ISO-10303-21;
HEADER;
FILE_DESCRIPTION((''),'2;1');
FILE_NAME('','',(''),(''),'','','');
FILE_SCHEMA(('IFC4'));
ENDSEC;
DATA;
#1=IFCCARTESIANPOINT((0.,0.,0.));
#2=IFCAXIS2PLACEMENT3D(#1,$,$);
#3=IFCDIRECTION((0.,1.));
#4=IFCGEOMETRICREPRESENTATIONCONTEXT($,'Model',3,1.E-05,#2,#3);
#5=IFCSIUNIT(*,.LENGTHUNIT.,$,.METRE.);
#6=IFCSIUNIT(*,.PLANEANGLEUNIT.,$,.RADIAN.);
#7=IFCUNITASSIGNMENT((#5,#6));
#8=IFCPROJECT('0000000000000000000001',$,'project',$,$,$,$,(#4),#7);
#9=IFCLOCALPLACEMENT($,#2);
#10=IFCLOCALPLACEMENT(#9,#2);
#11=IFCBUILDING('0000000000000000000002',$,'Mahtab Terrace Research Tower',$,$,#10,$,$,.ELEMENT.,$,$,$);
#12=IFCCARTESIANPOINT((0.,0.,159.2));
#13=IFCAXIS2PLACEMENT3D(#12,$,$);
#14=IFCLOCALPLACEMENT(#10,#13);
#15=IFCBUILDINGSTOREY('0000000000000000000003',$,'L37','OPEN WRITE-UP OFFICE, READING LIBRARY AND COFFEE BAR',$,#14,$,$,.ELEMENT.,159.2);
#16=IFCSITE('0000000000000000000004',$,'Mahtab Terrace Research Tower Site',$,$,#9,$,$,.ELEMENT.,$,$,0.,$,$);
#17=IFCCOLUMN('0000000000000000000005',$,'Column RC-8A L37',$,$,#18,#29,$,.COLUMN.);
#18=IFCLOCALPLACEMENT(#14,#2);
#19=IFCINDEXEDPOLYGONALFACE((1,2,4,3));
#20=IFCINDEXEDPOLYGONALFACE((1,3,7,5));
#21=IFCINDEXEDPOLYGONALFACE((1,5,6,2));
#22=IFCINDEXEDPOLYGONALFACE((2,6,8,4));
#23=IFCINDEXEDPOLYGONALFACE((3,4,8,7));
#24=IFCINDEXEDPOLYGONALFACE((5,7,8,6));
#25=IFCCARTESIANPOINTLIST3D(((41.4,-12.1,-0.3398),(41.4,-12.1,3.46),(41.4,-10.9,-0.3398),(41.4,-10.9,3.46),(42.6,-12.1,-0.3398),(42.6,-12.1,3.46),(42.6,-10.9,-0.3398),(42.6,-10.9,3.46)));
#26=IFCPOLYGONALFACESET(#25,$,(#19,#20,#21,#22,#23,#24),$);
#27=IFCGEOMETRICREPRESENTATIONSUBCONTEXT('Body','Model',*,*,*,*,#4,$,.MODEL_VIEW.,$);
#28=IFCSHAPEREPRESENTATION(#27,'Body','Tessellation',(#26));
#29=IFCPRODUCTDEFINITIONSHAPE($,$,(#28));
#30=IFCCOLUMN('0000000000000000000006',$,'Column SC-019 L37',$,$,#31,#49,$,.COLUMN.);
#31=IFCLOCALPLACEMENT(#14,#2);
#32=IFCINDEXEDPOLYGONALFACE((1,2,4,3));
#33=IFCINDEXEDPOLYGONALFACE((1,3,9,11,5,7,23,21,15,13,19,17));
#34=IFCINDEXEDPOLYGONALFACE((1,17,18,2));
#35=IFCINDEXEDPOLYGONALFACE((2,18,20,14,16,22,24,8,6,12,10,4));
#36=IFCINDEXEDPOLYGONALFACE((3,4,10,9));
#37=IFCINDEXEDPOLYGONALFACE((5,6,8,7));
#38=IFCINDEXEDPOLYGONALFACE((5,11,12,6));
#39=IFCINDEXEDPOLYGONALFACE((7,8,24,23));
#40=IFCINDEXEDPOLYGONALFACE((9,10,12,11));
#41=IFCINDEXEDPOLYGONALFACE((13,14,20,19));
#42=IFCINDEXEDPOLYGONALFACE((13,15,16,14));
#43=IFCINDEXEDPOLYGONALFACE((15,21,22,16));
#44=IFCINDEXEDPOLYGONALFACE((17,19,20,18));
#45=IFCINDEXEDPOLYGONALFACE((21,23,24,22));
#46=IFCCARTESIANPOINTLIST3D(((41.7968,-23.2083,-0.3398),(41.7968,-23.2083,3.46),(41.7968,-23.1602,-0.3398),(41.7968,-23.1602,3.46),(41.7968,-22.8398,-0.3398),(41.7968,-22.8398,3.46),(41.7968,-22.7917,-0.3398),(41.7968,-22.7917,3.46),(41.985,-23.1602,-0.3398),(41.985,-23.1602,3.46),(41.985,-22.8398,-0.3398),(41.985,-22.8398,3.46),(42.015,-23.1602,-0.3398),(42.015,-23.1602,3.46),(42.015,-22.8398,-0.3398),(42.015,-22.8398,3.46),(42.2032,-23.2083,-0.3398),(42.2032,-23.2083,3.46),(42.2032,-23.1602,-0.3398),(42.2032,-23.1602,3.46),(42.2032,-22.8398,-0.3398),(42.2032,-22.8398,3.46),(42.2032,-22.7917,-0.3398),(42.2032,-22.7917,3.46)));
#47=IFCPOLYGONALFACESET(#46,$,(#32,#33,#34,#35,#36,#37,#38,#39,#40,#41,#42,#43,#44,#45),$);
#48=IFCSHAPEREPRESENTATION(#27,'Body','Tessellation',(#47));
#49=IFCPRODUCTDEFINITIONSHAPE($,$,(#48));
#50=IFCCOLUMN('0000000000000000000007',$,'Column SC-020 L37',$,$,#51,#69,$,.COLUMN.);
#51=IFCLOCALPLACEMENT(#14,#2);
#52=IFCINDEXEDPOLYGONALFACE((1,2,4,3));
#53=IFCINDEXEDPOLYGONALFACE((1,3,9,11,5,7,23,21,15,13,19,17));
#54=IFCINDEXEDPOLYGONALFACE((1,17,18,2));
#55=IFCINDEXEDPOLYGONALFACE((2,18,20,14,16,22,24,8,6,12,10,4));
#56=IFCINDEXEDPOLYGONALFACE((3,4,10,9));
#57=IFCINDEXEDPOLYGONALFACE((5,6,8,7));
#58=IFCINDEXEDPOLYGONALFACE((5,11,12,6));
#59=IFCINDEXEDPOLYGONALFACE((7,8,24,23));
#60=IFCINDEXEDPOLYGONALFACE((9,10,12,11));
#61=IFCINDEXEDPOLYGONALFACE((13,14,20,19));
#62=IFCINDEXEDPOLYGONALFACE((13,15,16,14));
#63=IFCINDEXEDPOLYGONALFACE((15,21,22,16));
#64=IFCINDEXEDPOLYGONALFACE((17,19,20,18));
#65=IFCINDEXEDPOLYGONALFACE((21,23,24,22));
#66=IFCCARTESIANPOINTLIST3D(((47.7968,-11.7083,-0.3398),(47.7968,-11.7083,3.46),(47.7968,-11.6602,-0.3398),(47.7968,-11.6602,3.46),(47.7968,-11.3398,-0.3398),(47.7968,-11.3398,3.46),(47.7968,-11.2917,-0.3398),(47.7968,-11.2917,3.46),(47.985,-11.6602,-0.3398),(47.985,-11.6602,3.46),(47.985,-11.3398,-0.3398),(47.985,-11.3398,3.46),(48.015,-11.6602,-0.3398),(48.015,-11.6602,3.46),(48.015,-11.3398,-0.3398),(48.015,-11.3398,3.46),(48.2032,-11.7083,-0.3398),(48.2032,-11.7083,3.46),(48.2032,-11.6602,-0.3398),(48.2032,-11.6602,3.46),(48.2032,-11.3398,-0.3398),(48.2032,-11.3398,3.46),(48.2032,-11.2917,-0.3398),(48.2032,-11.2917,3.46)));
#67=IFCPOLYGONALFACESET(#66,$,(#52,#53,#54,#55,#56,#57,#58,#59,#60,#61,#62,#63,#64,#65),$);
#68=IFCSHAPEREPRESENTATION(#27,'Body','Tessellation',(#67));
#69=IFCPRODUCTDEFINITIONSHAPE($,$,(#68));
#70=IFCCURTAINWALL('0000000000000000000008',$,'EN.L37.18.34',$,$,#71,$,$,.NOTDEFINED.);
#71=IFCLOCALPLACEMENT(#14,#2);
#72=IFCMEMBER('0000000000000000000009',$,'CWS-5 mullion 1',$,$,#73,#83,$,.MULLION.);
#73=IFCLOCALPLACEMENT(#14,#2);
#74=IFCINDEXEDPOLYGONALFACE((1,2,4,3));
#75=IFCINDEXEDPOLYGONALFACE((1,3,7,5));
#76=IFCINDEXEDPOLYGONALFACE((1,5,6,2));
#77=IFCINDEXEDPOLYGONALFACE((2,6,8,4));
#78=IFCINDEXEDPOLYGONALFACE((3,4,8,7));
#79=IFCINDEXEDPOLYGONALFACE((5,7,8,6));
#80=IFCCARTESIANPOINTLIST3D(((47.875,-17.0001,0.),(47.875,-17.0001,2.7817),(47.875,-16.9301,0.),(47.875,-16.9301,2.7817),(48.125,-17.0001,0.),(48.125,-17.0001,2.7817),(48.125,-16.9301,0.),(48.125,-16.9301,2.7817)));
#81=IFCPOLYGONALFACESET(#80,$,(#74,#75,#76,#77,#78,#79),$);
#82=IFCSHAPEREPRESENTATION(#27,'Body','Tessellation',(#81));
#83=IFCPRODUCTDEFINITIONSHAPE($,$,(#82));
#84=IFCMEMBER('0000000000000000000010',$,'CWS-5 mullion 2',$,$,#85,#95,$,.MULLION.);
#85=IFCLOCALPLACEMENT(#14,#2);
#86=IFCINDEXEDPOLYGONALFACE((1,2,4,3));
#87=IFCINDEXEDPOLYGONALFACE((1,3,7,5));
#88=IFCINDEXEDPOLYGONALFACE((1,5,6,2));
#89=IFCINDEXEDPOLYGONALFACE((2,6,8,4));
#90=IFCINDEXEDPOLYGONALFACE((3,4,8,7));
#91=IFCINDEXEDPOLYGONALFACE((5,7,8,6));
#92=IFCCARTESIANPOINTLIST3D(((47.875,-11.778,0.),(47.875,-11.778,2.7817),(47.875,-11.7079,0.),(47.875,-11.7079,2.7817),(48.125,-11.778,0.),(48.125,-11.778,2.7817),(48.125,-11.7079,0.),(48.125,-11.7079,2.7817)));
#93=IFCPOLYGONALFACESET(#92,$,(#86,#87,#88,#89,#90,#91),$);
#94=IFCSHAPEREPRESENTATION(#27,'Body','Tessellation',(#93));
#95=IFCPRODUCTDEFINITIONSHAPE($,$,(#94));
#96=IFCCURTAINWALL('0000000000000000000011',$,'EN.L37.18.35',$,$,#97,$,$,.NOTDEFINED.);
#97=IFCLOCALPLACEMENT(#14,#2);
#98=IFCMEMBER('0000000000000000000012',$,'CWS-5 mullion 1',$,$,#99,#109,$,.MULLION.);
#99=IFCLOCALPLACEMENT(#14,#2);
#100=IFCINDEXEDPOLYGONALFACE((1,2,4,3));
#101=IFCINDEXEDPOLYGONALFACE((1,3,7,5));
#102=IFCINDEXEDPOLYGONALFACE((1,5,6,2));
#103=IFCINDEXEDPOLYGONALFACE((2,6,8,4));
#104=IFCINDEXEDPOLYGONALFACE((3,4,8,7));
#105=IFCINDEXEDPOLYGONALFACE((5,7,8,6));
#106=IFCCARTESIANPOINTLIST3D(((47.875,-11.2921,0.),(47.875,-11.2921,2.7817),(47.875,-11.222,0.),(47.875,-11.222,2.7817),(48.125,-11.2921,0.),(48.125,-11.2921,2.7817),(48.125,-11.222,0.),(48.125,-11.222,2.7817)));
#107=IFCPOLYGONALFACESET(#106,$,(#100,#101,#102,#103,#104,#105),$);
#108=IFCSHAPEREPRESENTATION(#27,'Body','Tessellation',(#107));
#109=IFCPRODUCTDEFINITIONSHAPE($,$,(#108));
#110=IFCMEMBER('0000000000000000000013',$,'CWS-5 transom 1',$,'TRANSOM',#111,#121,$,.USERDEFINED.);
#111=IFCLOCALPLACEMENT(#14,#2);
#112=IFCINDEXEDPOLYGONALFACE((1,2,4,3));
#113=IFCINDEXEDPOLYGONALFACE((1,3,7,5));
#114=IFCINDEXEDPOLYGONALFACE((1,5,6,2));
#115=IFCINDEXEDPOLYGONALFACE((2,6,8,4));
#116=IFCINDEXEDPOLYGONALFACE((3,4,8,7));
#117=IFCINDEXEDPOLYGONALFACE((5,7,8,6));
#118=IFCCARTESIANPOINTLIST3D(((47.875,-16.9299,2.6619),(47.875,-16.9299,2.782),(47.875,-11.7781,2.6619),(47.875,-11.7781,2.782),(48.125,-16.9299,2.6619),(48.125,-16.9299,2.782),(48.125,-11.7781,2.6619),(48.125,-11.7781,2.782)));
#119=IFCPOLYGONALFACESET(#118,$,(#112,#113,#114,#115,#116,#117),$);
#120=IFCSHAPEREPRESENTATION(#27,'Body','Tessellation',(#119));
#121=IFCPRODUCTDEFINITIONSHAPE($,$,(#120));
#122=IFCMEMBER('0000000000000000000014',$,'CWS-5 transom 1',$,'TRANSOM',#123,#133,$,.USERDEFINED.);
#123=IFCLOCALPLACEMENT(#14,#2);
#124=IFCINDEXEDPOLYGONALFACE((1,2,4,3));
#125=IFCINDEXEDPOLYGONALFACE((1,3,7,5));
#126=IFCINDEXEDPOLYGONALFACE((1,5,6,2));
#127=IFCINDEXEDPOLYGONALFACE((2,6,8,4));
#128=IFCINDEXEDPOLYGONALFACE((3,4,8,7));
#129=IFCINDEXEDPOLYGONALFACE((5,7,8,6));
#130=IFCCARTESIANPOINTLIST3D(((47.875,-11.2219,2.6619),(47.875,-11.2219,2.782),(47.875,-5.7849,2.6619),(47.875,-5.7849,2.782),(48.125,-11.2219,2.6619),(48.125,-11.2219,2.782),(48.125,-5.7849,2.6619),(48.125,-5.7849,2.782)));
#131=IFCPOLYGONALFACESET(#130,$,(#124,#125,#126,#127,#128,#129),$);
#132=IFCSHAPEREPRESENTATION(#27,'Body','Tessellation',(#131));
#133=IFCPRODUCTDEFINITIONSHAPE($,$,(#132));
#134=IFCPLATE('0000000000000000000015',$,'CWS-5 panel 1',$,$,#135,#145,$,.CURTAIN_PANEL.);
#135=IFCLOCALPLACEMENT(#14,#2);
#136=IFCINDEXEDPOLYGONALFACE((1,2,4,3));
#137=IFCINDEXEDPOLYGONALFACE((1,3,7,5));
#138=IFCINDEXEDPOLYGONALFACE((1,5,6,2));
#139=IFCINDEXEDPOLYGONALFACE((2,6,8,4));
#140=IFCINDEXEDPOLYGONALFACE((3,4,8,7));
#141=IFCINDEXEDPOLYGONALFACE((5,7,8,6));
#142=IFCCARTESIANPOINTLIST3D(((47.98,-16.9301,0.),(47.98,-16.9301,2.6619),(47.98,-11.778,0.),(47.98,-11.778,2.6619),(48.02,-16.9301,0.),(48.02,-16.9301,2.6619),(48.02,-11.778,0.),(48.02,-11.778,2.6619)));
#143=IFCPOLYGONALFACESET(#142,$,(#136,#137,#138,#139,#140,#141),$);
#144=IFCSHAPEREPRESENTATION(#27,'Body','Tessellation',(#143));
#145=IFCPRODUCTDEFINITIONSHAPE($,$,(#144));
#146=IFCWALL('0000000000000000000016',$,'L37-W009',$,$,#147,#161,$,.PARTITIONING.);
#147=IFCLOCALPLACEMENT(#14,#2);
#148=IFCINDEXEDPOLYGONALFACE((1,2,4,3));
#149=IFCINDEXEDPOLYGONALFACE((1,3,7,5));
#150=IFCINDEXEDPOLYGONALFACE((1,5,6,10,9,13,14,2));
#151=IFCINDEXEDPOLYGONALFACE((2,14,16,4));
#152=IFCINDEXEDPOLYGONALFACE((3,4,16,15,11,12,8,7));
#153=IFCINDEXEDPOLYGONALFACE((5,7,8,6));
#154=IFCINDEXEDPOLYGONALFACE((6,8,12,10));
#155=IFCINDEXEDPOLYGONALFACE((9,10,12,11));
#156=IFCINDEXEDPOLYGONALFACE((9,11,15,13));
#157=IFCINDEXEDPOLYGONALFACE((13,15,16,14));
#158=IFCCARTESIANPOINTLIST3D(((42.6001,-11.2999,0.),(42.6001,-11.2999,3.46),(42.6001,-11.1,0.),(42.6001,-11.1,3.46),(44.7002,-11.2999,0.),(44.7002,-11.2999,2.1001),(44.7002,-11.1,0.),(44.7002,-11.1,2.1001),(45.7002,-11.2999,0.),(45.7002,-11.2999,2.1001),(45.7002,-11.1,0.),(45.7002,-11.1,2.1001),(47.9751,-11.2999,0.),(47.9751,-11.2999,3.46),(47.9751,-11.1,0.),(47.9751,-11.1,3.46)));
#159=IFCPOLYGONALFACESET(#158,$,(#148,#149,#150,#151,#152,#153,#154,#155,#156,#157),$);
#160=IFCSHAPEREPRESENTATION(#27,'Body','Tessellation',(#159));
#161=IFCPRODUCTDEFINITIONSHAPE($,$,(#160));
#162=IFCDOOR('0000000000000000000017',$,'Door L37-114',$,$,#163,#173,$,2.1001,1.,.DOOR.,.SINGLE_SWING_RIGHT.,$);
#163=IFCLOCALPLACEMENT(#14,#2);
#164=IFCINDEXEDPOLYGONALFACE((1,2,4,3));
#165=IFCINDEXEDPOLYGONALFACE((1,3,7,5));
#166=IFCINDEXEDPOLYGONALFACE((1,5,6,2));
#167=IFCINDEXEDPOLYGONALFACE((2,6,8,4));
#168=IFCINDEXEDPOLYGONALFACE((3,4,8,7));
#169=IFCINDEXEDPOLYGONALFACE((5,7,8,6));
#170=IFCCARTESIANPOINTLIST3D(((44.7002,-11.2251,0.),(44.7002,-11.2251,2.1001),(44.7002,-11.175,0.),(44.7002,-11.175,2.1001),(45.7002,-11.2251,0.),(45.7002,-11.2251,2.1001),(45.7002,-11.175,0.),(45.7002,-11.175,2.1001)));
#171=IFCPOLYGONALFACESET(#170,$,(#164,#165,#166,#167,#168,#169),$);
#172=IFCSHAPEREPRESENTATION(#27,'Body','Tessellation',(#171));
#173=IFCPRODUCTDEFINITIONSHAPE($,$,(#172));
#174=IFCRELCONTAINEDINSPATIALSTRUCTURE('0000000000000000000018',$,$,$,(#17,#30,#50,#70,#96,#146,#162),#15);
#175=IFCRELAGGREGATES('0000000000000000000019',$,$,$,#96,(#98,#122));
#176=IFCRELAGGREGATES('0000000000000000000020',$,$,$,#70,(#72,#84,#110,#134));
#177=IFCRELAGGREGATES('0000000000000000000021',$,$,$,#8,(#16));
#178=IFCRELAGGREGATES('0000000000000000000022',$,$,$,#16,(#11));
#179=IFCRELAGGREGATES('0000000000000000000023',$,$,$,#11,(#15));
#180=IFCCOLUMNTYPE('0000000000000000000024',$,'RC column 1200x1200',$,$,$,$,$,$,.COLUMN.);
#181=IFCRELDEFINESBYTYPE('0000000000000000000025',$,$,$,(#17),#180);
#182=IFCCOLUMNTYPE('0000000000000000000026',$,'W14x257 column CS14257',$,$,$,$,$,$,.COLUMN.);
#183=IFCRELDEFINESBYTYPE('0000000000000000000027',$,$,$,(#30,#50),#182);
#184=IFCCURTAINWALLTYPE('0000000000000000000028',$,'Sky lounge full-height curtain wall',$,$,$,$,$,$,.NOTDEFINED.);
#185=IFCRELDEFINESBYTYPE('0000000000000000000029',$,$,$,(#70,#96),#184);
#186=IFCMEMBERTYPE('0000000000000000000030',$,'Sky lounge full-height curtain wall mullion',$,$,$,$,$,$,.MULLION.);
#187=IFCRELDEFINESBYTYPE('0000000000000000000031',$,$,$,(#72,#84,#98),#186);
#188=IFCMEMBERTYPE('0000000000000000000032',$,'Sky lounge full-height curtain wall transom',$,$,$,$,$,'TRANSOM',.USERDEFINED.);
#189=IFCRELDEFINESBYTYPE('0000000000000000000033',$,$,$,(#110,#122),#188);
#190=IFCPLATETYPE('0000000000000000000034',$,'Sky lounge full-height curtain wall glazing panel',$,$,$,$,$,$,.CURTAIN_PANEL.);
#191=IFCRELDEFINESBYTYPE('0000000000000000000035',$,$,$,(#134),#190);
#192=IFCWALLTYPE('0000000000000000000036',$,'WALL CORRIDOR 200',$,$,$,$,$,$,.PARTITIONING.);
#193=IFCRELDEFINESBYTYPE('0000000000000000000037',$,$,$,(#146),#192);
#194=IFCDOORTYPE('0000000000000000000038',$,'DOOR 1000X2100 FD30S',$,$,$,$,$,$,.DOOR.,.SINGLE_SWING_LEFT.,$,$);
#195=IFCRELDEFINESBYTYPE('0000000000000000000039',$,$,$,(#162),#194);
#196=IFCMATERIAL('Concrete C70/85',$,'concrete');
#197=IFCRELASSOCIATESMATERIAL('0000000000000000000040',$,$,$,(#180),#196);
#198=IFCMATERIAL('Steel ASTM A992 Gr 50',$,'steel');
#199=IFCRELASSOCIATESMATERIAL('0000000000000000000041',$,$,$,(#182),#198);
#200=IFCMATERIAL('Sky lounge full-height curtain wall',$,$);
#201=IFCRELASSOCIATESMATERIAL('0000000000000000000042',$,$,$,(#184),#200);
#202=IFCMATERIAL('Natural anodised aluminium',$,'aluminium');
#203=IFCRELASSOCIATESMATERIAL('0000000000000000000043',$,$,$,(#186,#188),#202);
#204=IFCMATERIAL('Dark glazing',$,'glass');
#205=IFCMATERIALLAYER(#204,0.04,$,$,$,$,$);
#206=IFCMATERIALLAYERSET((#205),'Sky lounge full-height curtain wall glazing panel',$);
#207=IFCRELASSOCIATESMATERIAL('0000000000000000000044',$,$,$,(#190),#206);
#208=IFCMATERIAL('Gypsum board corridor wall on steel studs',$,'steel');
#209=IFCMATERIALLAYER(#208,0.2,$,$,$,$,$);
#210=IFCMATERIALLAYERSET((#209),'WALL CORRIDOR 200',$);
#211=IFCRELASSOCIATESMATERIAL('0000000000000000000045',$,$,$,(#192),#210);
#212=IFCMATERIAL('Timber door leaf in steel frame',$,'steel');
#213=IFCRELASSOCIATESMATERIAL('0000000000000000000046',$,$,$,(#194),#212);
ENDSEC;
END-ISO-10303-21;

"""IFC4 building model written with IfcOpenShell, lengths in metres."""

from ifc_helpers import new_model, si_unit, direction, frame, frame_2d, origin, origin_2d, place, context, subcontext, project, spatial, rectangle, i_section, extrude, material, layer, layer_set, material_profile, profile_set, type_object, element, fill, aggregate, save


model = new_model("IFC4")

# Units and contexts
model_context = context("Model", 3, precision=1e-05, world=origin(), true_north=direction((0.0, 1.0)))
body_context = subcontext(model_context, "Body", "Model", "MODEL_VIEW")
ifc_project = project(units=[si_unit("LENGTHUNIT", "METRE"), si_unit("PLANEANGLEUNIT", "RADIAN")], contexts=[model_context])

# Site, building, storey
site_placement = place(None, origin())
site = spatial("IfcSite", under=ifc_project, at=site_placement, Name="Mahtab Terrace Research Tower Site", CompositionType="ELEMENT", RefElevation=0.0)
building_placement = place(site_placement, origin())
building = spatial("IfcBuilding", under=site, at=building_placement, Name="Mahtab Terrace Research Tower", CompositionType="ELEMENT")
storey_placement = place(building_placement, frame((0.0, 0.0, 159.2)))
storey = spatial("IfcBuildingStorey", under=building, at=storey_placement, Name="L37", Description="OPEN WRITE-UP OFFICE, READING LIBRARY AND COFFEE BAR", CompositionType="ELEMENT", Elevation=159.2)

# Columns
ifc_material_1 = material(Name="Concrete C70/85", Category="concrete")
ifc_material_profile_1 = material_profile(ifc_material_1, rectangle(XDim=1.2, YDim=1.2, at=origin_2d()), Name="RC column 1200x1200")
ifc_profile_set_1 = profile_set([ifc_material_profile_1], Name="Concrete C70/85")
column_type_1 = type_object("IfcColumnType", Name="RC column 1200x1200", PredefinedType="COLUMN", material=ifc_profile_set_1)
column_placement = place(storey_placement, frame((42.0, -11.5, -0.3398), z_axis=(0.0, 0.0, 1.0), x_axis=(1.0, 0.0, 0.0)))
element("IfcColumn", 1, at=column_placement, inside=storey, type_object=column_type_1, Name="Column RC-8A L37", PredefinedType="COLUMN", context=body_context, shape_type="SweptSolid", body=[
    extrude(rectangle(XDim=1.2, YDim=1.2, at=origin_2d()), origin(), (0.0, 0.0, 1.0), 3.7998),
])
ifc_material_2 = material(Name="Steel ASTM A992 Gr 50", Category="steel")
ifc_material_profile_2 = material_profile(ifc_material_2, i_section(OverallWidth=0.4065, OverallDepth=0.4165, WebThickness=0.03, FlangeThickness=0.0481, at=origin_2d()), Name="W14X257")
ifc_profile_set_2 = profile_set([ifc_material_profile_2], Name="Steel ASTM A992 Gr 50")
column_type_2 = type_object("IfcColumnType", Name="W14x257 column CS14257", PredefinedType="COLUMN", material=ifc_profile_set_2)
for number, where, z_axis, x_axis, name in (
    (2, (42.0, -23.0, -0.3398), (0.0, 0.0, 1.0), (1.0, 0.0, 0.0), "Column SC-019 L37"),
    (3, (48.0, -11.5, -0.3398), (0.0, 0.0, 1.0), (1.0, 0.0, 0.0), "Column SC-020 L37"),
):
    element("IfcColumn", number, at=place(storey_placement, frame(where, z_axis=z_axis, x_axis=x_axis)), inside=storey, type_object=column_type_2, Name=name, PredefinedType="COLUMN", context=body_context, shape_type="SweptSolid", body=[
        extrude(i_section(OverallWidth=0.4065, OverallDepth=0.4165, WebThickness=0.03, FlangeThickness=0.0481, at=origin_2d()), origin(), (0.0, 0.0, 1.0), 3.7998),
    ])

# Curtain wall, members
ifc_material_3 = material(Name="Sky lounge full-height curtain wall")
curtain_wall_type = type_object("IfcCurtainWallType", Name="Sky lounge full-height curtain wall", PredefinedType="NOTDEFINED", material=ifc_material_3)
curtain_wall_1_placement = place(storey_placement, origin())
curtain_wall_1 = element("IfcCurtainWall", 4, at=curtain_wall_1_placement, inside=storey, type_object=curtain_wall_type, Name="EN.L37.18.34", PredefinedType="NOTDEFINED")
ifc_material_4 = material(Name="Natural anodised aluminium", Category="aluminium")
ifc_material_profile_3 = material_profile(ifc_material_4, rectangle(XDim=0.25, YDim=0.0701, at=origin_2d()), Name="MULLION 70x250")
ifc_profile_set_3 = profile_set([ifc_material_profile_3], Name="Natural anodised aluminium")
member_type_1 = type_object("IfcMemberType", Name="Sky lounge full-height curtain wall mullion", PredefinedType="MULLION", material=ifc_profile_set_3)
member_1_placement = place(storey_placement, frame((48.0, -16.9651, 0.0), z_axis=(0.0, 0.0, 1.0), x_axis=(-1.0, 0.0, 0.0)))
member_1 = element("IfcMember", 5, at=member_1_placement, type_object=member_type_1, Name="CWS-5 mullion 1", PredefinedType="MULLION", context=body_context, shape_type="SweptSolid", body=[
    extrude(rectangle(XDim=0.25, YDim=0.0701, at=origin_2d()), origin(), (0.0, 0.0, 1.0), 2.7817),
])
member_2_placement = place(storey_placement, frame((48.0, -11.7429, 0.0), z_axis=(0.0, 0.0, 1.0), x_axis=(-1.0, 0.0, 0.0)))
member_2 = element("IfcMember", 6, at=member_2_placement, type_object=member_type_1, Name="CWS-5 mullion 2", PredefinedType="MULLION", context=body_context, shape_type="SweptSolid", body=[
    extrude(rectangle(XDim=0.25, YDim=0.0701, at=origin_2d()), origin(), (0.0, 0.0, 1.0), 2.7817),
])

# Curtain wall, member
curtain_wall_2_placement = place(storey_placement, origin())
curtain_wall_2 = element("IfcCurtainWall", 7, at=curtain_wall_2_placement, inside=storey, type_object=curtain_wall_type, Name="EN.L37.18.35", PredefinedType="NOTDEFINED")
member_3_placement = place(storey_placement, frame((48.0, -11.2571, 0.0), z_axis=(0.0, 0.0, 1.0), x_axis=(-1.0, 0.0, 0.0)))
member_3 = element("IfcMember", 8, at=member_3_placement, type_object=member_type_1, Name="CWS-5 mullion 1", PredefinedType="MULLION", context=body_context, shape_type="SweptSolid", body=[
    extrude(rectangle(XDim=0.25, YDim=0.0701, at=origin_2d()), origin(), (0.0, 0.0, 1.0), 2.7817),
])

# Members
ifc_material_profile_4 = material_profile(ifc_material_4, rectangle(XDim=0.25, YDim=0.1201, at=origin_2d()), Name="TRANSOM 120x250")
ifc_profile_set_4 = profile_set([ifc_material_profile_4], Name="Natural anodised aluminium")
member_type_2 = type_object("IfcMemberType", Name="Sky lounge full-height curtain wall transom", ElementType="TRANSOM", PredefinedType="USERDEFINED", material=ifc_profile_set_4)
member_4_placement = place(storey_placement, frame((48.0, -16.9299, 2.7219), z_axis=(0.0, 1.0, 0.0), x_axis=(-1.0, 0.0, 0.0)))
member_4 = element("IfcMember", 9, at=member_4_placement, type_object=member_type_2, Name="CWS-5 transom 1", ObjectType="TRANSOM", PredefinedType="USERDEFINED", context=body_context, shape_type="SweptSolid", body=[
    extrude(rectangle(XDim=0.25, YDim=0.1201, at=origin_2d()), origin(), (0.0, 0.0, 1.0), 5.1519),
])
member_5_placement = place(storey_placement, frame((48.0, -11.2219, 2.7219), z_axis=(0.0, 1.0, 0.0), x_axis=(-1.0, 0.0, 0.0)))
member_5 = element("IfcMember", 10, at=member_5_placement, type_object=member_type_2, Name="CWS-5 transom 1", ObjectType="TRANSOM", PredefinedType="USERDEFINED", context=body_context, shape_type="SweptSolid", body=[
    extrude(rectangle(XDim=0.25, YDim=0.1201, at=origin_2d()), origin(), (0.0, 0.0, 1.0), 5.437),
])
aggregate(curtain_wall_2, [member_3, member_5])

# Plate
ifc_material_5 = material(Name="Dark glazing", Category="glass")
ifc_layer_1 = layer(ifc_material_5, 0.04)
ifc_layer_set_1 = layer_set([ifc_layer_1], Name="Sky lounge full-height curtain wall glazing panel")
plate_type = type_object("IfcPlateType", Name="Sky lounge full-height curtain wall glazing panel", PredefinedType="CURTAIN_PANEL", material=ifc_layer_set_1)
plate_placement = place(storey_placement, frame((48.0, -14.354, 0.0), z_axis=(0.0, 0.0, 1.0), x_axis=(0.0, 1.0, 0.0)))
plate = element("IfcPlate", 11, at=plate_placement, type_object=plate_type, Name="CWS-5 panel 1", PredefinedType="CURTAIN_PANEL", context=body_context, shape_type="SweptSolid", body=[
    extrude(rectangle(XDim=5.1521, YDim=0.04, at=origin_2d()), origin(), (0.0, 0.0, 1.0), 2.6619),
])
aggregate(curtain_wall_1, [member_1, member_2, member_4, plate])

# Wall, opening, door
ifc_material_6 = material(Name="Gypsum board corridor wall on steel studs", Category="steel")
ifc_layer_2 = layer(ifc_material_6, 0.2)
ifc_layer_set_2 = layer_set([ifc_layer_2], Name="WALL CORRIDOR 200")
wall_type_1 = type_object("IfcWallType", Name="WALL CORRIDOR 200", PredefinedType="PARTITIONING", material=ifc_layer_set_2)
wall_1_placement = place(storey_placement, frame((42.6001, -11.2, 0.0), z_axis=(0.0, 0.0, 1.0), x_axis=(1.0, 0.0, 0.0)))
wall_1 = element("IfcWall", 12, at=wall_1_placement, inside=storey, type_object=wall_type_1, Name="L37-W009", PredefinedType="PARTITIONING", context=body_context, shape_type="SweptSolid", body=[
    extrude(rectangle(XDim=5.375, YDim=0.2, at=frame_2d((2.6875, 0.0))), origin(), (0.0, 0.0, 1.0), 3.46),
])
opening_placement = place(wall_1_placement, frame((2.1001, 0.0, 0.0)))
opening = element("IfcOpeningElement", 13, at=opening_placement, cuts=wall_1, PredefinedType="OPENING", context=body_context, shape_type="SweptSolid", body=[
    extrude(rectangle(XDim=1.0, YDim=2.1001, at=frame_2d((0.5, 1.05))), frame((0.0, 0.1099, 0.0), z_axis=(0.0, -1.0, 0.0), x_axis=(1.0, 0.0, 0.0)), (0.0, 0.0, 1.0), 0.22),
])
ifc_material_7 = material(Name="Timber door leaf in steel frame", Category="steel")
door_type = type_object("IfcDoorType", Name="DOOR 1000X2100 FD30S", OperationType="SINGLE_SWING_LEFT", PredefinedType="DOOR", material=ifc_material_7)
door_placement = place(opening_placement, origin())
door = element("IfcDoor", 14, at=door_placement, inside=storey, type_object=door_type, Name="Door L37-114", OperationType="SINGLE_SWING_RIGHT", OverallHeight=2.1001, OverallWidth=1.0, PredefinedType="DOOR", context=body_context, shape_type="SweptSolid", body=[
    extrude(rectangle(XDim=1.0, YDim=2.1001, at=frame_2d((0.5, 1.05))), frame((0.0, 0.0249, 0.0), z_axis=(0.0, -1.0, 0.0), x_axis=(1.0, 0.0, 0.0)), (0.0, 0.0, 1.0), 0.05),
])
fill(opening, door)

save(model, "model.ifc")
